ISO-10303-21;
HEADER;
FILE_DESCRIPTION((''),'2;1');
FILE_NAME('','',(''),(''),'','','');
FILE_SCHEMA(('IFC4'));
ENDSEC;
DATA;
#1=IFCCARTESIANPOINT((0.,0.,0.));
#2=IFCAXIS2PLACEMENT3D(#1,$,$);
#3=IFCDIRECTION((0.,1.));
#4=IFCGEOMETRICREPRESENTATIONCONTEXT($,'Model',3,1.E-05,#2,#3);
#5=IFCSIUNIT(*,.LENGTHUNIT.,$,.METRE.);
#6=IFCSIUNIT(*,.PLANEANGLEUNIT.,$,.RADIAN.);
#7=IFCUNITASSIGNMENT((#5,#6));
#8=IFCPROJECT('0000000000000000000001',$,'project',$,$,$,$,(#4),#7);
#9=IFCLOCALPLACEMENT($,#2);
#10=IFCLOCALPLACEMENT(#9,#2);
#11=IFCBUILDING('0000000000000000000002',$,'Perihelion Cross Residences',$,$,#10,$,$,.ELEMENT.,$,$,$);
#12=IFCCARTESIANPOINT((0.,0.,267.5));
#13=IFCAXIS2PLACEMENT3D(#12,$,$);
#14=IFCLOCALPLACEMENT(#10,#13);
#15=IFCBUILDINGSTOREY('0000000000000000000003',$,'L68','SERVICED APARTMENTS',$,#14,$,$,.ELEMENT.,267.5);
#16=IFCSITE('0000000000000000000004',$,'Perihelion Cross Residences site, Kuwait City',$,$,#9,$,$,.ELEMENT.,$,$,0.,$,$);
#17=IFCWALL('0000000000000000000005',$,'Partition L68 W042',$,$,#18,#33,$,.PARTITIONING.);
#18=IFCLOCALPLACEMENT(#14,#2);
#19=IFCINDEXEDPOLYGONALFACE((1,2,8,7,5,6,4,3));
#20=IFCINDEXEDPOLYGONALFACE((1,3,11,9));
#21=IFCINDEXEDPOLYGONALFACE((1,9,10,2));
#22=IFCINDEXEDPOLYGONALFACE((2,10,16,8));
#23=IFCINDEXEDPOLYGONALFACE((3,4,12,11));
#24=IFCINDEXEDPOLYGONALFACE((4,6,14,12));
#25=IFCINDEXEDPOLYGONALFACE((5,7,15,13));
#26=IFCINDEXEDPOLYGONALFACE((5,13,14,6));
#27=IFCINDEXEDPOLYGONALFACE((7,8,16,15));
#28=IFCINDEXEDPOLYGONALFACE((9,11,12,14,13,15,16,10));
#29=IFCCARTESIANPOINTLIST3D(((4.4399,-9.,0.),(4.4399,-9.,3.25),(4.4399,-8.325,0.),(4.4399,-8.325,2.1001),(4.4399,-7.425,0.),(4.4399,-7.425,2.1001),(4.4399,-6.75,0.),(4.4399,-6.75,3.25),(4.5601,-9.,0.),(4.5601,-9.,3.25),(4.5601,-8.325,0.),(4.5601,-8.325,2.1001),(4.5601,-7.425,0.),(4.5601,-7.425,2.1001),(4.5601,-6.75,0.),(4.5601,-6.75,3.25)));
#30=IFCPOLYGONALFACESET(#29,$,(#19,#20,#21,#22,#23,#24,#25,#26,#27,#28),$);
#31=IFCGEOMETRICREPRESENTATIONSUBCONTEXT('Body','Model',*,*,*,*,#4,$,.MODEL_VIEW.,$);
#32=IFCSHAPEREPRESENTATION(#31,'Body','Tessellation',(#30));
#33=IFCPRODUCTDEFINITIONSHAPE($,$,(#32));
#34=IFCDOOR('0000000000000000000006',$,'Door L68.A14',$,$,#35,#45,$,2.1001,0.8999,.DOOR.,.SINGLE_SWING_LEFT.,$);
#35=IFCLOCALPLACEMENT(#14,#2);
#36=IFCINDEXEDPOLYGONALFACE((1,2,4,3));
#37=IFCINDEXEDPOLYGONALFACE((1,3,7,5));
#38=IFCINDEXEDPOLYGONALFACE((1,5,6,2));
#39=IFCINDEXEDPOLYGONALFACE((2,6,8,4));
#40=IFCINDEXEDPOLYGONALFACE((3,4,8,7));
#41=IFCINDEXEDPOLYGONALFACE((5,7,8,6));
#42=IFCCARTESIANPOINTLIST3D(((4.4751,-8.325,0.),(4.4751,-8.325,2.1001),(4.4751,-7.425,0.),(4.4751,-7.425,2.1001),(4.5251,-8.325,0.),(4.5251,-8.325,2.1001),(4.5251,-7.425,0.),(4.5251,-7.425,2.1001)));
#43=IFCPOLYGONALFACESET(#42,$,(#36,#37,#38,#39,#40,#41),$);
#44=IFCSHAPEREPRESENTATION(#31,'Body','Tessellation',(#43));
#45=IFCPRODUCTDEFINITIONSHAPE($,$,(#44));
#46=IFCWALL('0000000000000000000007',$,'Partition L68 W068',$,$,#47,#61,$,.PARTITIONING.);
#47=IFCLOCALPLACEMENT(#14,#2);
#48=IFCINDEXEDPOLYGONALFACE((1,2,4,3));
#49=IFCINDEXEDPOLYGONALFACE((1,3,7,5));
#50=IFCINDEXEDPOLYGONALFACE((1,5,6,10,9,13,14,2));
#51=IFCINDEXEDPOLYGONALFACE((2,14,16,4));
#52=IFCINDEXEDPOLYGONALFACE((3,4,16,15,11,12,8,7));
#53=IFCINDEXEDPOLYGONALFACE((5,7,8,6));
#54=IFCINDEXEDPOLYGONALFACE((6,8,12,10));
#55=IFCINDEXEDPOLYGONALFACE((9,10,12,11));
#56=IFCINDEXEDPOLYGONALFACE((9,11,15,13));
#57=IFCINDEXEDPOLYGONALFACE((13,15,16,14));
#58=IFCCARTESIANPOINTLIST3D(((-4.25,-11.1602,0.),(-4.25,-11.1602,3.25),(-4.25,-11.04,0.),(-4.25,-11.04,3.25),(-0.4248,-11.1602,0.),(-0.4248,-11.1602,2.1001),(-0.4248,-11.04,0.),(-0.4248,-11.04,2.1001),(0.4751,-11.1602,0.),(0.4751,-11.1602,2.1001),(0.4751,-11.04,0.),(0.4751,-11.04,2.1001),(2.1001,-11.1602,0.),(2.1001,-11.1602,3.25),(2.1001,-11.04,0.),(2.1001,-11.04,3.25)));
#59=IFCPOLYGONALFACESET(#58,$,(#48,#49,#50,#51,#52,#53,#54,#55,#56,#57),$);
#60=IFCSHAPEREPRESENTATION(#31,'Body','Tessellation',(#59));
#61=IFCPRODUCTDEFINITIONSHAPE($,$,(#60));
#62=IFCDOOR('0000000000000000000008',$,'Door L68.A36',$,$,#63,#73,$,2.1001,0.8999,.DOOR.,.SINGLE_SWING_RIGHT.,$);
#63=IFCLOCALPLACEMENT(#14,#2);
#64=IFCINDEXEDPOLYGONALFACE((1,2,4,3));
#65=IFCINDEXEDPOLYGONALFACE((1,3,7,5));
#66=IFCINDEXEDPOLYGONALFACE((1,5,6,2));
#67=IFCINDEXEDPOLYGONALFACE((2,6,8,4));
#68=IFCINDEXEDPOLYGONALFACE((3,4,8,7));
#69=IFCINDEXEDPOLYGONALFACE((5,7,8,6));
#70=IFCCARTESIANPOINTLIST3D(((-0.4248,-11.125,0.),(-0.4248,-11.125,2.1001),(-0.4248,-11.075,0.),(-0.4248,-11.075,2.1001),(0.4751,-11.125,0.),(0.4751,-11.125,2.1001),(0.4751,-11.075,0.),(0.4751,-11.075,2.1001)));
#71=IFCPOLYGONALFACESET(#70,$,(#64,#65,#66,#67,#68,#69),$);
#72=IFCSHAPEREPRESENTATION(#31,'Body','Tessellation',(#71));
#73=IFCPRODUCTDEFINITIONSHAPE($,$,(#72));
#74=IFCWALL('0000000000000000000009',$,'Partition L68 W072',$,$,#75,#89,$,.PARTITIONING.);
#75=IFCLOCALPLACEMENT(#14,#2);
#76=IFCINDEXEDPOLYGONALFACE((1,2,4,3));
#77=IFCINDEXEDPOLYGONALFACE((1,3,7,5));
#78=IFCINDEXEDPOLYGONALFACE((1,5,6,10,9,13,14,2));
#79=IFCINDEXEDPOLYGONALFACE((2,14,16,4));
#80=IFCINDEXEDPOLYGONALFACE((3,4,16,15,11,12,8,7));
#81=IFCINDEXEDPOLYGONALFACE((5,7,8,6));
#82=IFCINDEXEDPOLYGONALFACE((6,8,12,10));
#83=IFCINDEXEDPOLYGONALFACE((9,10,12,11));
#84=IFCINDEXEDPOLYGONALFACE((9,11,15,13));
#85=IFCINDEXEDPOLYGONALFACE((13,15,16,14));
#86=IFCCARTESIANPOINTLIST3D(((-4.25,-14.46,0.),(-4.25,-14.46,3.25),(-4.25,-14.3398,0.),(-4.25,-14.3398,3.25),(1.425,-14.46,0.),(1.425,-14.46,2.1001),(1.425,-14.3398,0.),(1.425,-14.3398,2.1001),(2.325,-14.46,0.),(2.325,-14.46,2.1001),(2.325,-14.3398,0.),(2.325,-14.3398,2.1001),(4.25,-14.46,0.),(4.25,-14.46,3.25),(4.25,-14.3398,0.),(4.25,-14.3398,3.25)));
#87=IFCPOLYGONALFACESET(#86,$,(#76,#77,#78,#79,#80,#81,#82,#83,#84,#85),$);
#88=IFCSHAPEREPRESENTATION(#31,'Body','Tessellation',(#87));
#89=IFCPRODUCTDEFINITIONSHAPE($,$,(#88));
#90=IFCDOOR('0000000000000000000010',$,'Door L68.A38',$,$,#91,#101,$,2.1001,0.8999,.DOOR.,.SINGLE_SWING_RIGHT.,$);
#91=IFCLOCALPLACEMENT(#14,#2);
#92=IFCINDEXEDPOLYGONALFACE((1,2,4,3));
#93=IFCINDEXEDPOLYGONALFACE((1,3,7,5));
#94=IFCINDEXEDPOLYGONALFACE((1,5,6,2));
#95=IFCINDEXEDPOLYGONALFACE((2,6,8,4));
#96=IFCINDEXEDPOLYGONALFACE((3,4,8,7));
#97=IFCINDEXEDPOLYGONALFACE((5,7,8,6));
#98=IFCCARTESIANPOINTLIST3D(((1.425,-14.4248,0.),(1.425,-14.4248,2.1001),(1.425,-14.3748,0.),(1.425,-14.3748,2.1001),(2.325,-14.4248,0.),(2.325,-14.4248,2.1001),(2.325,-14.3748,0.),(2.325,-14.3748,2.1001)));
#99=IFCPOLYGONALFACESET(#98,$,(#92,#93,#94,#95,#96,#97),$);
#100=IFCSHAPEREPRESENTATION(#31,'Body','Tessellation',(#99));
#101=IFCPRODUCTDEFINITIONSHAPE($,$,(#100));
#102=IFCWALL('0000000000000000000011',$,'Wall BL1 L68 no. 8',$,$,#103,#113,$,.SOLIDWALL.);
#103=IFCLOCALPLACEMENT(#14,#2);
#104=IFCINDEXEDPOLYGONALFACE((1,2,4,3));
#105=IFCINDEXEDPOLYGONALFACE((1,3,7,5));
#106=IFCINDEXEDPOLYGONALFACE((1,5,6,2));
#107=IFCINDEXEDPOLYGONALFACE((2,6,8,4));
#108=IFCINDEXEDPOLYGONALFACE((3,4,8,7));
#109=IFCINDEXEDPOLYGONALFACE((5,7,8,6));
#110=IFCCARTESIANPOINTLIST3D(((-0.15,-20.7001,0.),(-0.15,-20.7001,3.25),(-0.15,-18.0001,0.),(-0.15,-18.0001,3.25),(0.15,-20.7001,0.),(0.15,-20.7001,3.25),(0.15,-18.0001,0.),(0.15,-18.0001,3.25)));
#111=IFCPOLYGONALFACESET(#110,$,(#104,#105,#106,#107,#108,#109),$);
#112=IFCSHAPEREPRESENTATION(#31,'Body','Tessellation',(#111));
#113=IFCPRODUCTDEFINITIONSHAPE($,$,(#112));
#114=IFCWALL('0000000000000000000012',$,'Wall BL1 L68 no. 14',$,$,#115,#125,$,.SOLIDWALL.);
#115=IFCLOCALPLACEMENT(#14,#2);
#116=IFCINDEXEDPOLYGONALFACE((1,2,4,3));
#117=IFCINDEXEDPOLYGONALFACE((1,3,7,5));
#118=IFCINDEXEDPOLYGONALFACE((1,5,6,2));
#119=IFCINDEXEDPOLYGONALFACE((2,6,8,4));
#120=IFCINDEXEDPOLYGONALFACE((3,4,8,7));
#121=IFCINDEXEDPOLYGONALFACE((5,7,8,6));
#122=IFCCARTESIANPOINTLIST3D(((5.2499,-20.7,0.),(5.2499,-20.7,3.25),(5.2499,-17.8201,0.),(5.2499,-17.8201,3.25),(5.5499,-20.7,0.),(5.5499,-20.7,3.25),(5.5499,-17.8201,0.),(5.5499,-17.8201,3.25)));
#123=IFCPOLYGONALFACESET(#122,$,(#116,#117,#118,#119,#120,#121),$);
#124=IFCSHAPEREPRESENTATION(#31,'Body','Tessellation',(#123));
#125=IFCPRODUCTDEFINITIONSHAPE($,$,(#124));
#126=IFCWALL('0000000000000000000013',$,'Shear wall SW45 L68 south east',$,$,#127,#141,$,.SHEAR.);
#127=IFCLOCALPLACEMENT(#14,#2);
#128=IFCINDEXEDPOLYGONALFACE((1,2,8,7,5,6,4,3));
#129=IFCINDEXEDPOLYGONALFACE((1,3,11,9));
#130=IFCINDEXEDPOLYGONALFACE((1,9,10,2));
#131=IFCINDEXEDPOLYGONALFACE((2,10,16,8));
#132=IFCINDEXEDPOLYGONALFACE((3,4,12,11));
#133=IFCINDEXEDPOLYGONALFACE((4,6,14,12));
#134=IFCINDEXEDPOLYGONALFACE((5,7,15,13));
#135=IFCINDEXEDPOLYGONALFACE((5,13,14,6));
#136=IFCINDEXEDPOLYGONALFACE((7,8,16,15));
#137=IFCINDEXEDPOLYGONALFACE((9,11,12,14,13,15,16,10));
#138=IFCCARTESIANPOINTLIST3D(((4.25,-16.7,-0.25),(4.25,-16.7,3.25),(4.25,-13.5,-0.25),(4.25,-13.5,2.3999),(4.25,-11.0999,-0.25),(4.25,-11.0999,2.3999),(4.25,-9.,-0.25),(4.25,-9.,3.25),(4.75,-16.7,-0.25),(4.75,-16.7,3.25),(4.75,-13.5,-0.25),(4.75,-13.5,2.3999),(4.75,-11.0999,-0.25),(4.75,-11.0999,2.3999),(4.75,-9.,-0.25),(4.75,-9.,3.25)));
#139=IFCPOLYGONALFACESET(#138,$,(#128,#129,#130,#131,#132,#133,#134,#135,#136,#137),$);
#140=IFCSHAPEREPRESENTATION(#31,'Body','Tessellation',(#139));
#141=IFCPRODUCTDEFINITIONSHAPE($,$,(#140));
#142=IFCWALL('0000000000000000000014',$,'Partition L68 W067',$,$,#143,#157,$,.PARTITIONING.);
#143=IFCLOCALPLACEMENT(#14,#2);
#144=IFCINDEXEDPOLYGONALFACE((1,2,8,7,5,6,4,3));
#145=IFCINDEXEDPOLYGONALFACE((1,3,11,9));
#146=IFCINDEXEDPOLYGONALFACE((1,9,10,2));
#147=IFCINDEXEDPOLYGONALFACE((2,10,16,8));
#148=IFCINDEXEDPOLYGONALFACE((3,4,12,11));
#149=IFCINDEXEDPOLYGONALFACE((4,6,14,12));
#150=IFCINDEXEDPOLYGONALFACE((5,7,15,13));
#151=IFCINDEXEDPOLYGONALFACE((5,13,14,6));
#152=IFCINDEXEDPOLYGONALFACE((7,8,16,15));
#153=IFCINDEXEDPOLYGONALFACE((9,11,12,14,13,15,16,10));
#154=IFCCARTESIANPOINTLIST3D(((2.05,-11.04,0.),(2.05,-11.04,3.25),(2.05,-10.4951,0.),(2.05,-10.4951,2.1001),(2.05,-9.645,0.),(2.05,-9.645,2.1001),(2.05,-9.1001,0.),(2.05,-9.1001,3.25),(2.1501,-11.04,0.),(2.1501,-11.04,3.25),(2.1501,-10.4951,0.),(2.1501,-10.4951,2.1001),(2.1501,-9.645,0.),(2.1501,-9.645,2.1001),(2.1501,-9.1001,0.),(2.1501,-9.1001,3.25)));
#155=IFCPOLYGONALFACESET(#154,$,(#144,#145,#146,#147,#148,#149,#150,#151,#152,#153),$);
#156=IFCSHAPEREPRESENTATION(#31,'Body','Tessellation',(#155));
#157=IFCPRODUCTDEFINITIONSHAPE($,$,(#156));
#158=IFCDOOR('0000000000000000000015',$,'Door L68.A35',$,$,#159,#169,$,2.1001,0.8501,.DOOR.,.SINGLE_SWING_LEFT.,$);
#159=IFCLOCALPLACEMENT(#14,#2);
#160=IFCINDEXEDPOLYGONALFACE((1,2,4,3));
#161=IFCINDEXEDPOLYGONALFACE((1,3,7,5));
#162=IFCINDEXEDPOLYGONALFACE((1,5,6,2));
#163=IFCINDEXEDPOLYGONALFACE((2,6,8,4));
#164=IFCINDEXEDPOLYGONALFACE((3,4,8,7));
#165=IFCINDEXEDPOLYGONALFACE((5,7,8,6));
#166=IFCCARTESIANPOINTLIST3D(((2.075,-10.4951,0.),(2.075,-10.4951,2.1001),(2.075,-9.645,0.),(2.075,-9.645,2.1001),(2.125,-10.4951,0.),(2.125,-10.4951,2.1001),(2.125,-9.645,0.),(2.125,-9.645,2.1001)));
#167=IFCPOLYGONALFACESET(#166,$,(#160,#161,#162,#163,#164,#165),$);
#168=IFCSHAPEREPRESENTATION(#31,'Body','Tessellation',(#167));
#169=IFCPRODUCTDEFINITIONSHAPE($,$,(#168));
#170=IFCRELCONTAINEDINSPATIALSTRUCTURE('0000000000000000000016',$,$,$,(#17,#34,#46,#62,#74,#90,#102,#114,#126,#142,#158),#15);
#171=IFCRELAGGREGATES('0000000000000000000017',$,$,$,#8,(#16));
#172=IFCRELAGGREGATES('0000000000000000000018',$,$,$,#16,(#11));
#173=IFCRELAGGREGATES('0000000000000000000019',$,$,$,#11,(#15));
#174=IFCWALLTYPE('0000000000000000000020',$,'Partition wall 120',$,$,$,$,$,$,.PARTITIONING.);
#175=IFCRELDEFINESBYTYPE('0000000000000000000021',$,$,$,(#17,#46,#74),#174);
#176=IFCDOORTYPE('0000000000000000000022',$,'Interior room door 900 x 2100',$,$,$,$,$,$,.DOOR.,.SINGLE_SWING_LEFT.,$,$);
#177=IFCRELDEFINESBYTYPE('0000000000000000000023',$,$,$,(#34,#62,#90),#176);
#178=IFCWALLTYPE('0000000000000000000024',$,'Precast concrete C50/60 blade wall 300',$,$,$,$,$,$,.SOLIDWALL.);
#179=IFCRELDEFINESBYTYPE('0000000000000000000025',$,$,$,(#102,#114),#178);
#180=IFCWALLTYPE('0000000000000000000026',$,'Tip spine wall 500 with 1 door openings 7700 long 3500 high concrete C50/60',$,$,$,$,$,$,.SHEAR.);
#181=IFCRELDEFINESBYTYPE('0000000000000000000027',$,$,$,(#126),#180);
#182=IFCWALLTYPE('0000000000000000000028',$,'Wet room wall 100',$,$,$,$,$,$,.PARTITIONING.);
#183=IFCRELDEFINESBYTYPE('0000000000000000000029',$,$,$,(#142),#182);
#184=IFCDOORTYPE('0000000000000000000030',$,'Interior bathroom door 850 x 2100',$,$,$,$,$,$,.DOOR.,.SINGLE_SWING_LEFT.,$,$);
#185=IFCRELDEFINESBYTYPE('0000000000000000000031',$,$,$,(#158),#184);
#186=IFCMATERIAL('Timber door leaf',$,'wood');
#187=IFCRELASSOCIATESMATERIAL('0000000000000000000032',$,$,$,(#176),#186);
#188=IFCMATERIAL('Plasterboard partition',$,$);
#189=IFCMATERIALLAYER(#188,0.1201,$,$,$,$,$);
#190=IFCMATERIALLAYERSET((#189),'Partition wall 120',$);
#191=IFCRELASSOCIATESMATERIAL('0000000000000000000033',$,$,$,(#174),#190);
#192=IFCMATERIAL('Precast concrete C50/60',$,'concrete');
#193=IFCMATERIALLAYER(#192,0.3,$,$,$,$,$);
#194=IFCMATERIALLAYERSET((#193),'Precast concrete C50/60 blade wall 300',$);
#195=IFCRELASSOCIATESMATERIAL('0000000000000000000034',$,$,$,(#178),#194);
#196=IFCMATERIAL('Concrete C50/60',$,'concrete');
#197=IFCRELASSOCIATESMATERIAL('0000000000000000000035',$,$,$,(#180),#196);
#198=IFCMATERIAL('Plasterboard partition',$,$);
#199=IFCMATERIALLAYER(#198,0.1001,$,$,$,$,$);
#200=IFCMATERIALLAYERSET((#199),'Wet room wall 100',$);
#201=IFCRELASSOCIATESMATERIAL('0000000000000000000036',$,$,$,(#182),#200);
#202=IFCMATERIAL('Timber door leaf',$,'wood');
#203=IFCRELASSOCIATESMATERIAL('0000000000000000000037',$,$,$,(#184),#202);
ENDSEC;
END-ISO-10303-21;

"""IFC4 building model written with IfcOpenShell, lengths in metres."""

from ifc_helpers import new_model, si_unit, direction, frame, frame_2d, origin, place, context, subcontext, project, spatial, polyline, rectangle, outline, extrude, material, layer, layer_set, material_profile, profile_set, type_object, element, fill, save


model = new_model("IFC4")

# Units and contexts
model_context = context("Model", 3, precision=1e-05, world=origin(), true_north=direction((0.0, 1.0)))
body_context = subcontext(model_context, "Body", "Model", "MODEL_VIEW")
ifc_project = project(units=[si_unit("LENGTHUNIT", "METRE"), si_unit("PLANEANGLEUNIT", "RADIAN")], contexts=[model_context])

# Site, building, storey
site_placement = place(None, origin())
site = spatial("IfcSite", under=ifc_project, at=site_placement, Name="Perihelion Cross Residences site, Kuwait City", CompositionType="ELEMENT", RefElevation=0.0)
building_placement = place(site_placement, origin())
building = spatial("IfcBuilding", under=site, at=building_placement, Name="Perihelion Cross Residences", CompositionType="ELEMENT")
storey_placement = place(building_placement, frame((0.0, 0.0, 267.5)))
storey = spatial("IfcBuildingStorey", under=building, at=storey_placement, Name="L68", Description="SERVICED APARTMENTS", CompositionType="ELEMENT", Elevation=267.5)

# Walls, openings, doors
ifc_material_1 = material(Name="Timber door leaf", Category="wood")
door_type_1 = type_object("IfcDoorType", Name="Interior room door 900 x 2100", OperationType="SINGLE_SWING_LEFT", PredefinedType="DOOR", material=ifc_material_1)
ifc_material_2 = material(Name="Plasterboard partition")
ifc_layer_1 = layer(ifc_material_2, 0.1201)
ifc_layer_set_1 = layer_set([ifc_layer_1], Name="Partition wall 120")
wall_type_1 = type_object("IfcWallType", Name="Partition wall 120", PredefinedType="PARTITIONING", material=ifc_layer_set_1)
wall_1_placement = place(storey_placement, frame((4.5, -9.0, 0.0), z_axis=(0.0, 0.0, 1.0), x_axis=(0.0, 1.0, 0.0)))
wall_1 = element("IfcWall", 1, at=wall_1_placement, inside=storey, type_object=wall_type_1, Name="Partition L68 W042", PredefinedType="PARTITIONING", context=body_context, shape_type="SweptSolid", body=[
    extrude(rectangle(XDim=2.25, YDim=0.1201, at=frame_2d((1.125, 0.0))), origin(), (0.0, 0.0, 1.0), 3.25),
])
opening_1_placement = place(wall_1_placement, frame((0.675, 0.0, 0.0)))
opening_1 = element("IfcOpeningElement", 2, at=opening_1_placement, cuts=wall_1, PredefinedType="OPENING", context=body_context, shape_type="SweptSolid", body=[
    extrude(rectangle(XDim=0.8999, YDim=2.1001, at=frame_2d((0.45, 1.05))), frame((0.0, 0.0701, 0.0), z_axis=(0.0, -1.0, 0.0), x_axis=(1.0, 0.0, 0.0)), (0.0, 0.0, 1.0), 0.1401),
])
door_1_placement = place(opening_1_placement, origin())
door_1 = element("IfcDoor", 3, at=door_1_placement, inside=storey, type_object=door_type_1, Name="Door L68.A14", OperationType="SINGLE_SWING_LEFT", OverallHeight=2.1001, OverallWidth=0.8999, PredefinedType="DOOR", context=body_context, shape_type="SweptSolid", body=[
    extrude(rectangle(XDim=0.8999, YDim=2.1001, at=frame_2d((0.45, 1.05))), frame((0.0, 0.0249, 0.0), z_axis=(0.0, -1.0, 0.0), x_axis=(1.0, 0.0, 0.0)), (0.0, 0.0, 1.0), 0.05),
])
fill(opening_1, door_1)
wall_2_placement = place(storey_placement, frame((2.1001, -11.1001, 0.0), z_axis=(0.0, 0.0, 1.0), x_axis=(-1.0, 0.0, 0.0)))
wall_2 = element("IfcWall", 4, at=wall_2_placement, inside=storey, type_object=wall_type_1, Name="Partition L68 W068", PredefinedType="PARTITIONING", context=body_context, shape_type="SweptSolid", body=[
    extrude(rectangle(XDim=6.3501, YDim=0.1201, at=frame_2d((3.175, 0.0))), origin(), (0.0, 0.0, 1.0), 3.25),
])
opening_2_placement = place(wall_2_placement, frame((1.625, 0.0, 0.0)))
opening_2 = element("IfcOpeningElement", 5, at=opening_2_placement, cuts=wall_2, PredefinedType="OPENING", context=body_context, shape_type="SweptSolid", body=[
    extrude(rectangle(XDim=0.8999, YDim=2.1001, at=frame_2d((0.45, 1.05))), frame((0.0, 0.0701, 0.0), z_axis=(0.0, -1.0, 0.0), x_axis=(1.0, 0.0, 0.0)), (0.0, 0.0, 1.0), 0.1401),
])
door_2_placement = place(opening_2_placement, origin())
door_2 = element("IfcDoor", 6, at=door_2_placement, inside=storey, type_object=door_type_1, Name="Door L68.A36", OperationType="SINGLE_SWING_RIGHT", OverallHeight=2.1001, OverallWidth=0.8999, PredefinedType="DOOR", context=body_context, shape_type="SweptSolid", body=[
    extrude(rectangle(XDim=0.8999, YDim=2.1001, at=frame_2d((0.45, 1.05))), frame((0.0, 0.0249, 0.0), z_axis=(0.0, -1.0, 0.0), x_axis=(1.0, 0.0, 0.0)), (0.0, 0.0, 1.0), 0.05),
])
fill(opening_2, door_2)
wall_3_placement = place(storey_placement, frame((4.25, -14.3999, 0.0), z_axis=(0.0, 0.0, 1.0), x_axis=(-1.0, 0.0, 0.0)))
wall_3 = element("IfcWall", 7, at=wall_3_placement, inside=storey, type_object=wall_type_1, Name="Partition L68 W072", PredefinedType="PARTITIONING", context=body_context, shape_type="SweptSolid", body=[
    extrude(rectangle(XDim=8.5, YDim=0.1201, at=frame_2d((4.25, 0.0))), origin(), (0.0, 0.0, 1.0), 3.25),
])
opening_3_placement = place(wall_3_placement, frame((1.925, 0.0, 0.0)))
opening_3 = element("IfcOpeningElement", 8, at=opening_3_placement, cuts=wall_3, PredefinedType="OPENING", context=body_context, shape_type="SweptSolid", body=[
    extrude(rectangle(XDim=0.8999, YDim=2.1001, at=frame_2d((0.45, 1.05))), frame((0.0, 0.0701, 0.0), z_axis=(0.0, -1.0, 0.0), x_axis=(1.0, 0.0, 0.0)), (0.0, 0.0, 1.0), 0.1401),
])
door_3_placement = place(opening_3_placement, origin())
door_3 = element("IfcDoor", 9, at=door_3_placement, inside=storey, type_object=door_type_1, Name="Door L68.A38", OperationType="SINGLE_SWING_RIGHT", OverallHeight=2.1001, OverallWidth=0.8999, PredefinedType="DOOR", context=body_context, shape_type="SweptSolid", body=[
    extrude(rectangle(XDim=0.8999, YDim=2.1001, at=frame_2d((0.45, 1.05))), frame((0.0, 0.0249, 0.0), z_axis=(0.0, -1.0, 0.0), x_axis=(1.0, 0.0, 0.0)), (0.0, 0.0, 1.0), 0.05),
])
fill(opening_3, door_3)

# Walls
ifc_material_3 = material(Name="Precast concrete C50/60", Category="concrete")
ifc_layer_2 = layer(ifc_material_3, 0.3)
ifc_layer_set_2 = layer_set([ifc_layer_2], Name="Precast concrete C50/60 blade wall 300")
wall_type_2 = type_object("IfcWallType", Name="Precast concrete C50/60 blade wall 300", PredefinedType="SOLIDWALL", material=ifc_layer_set_2)
wall_4_placement = place(storey_placement, frame((0.0, -18.0, 0.0), z_axis=(0.0, 0.0, 1.0), x_axis=(0.0, -1.0, 0.0)))
element("IfcWall", 10, at=wall_4_placement, inside=storey, type_object=wall_type_2, Name="Wall BL1 L68 no. 8", PredefinedType="SOLIDWALL", context=body_context, shape_type="SweptSolid", body=[
    extrude(rectangle(XDim=2.7, YDim=0.3, at=frame_2d((1.3501, 0.0))), origin(), (0.0, 0.0, 1.0), 3.25),
])
wall_5_placement = place(storey_placement, frame((5.3999, -17.8201, 0.0), z_axis=(0.0, 0.0, 1.0), x_axis=(0.0, -1.0, 0.0)))
element("IfcWall", 11, at=wall_5_placement, inside=storey, type_object=wall_type_2, Name="Wall BL1 L68 no. 14", PredefinedType="SOLIDWALL", context=body_context, shape_type="SweptSolid", body=[
    extrude(rectangle(XDim=2.8799, YDim=0.3, at=frame_2d((1.4399, 0.0))), origin(), (0.0, 0.0, 1.0), 3.25),
])
ifc_material_4 = material(Name="Concrete C50/60", Category="concrete")
ifc_material_profile_1 = material_profile(ifc_material_4, outline(polyline([(0.0, 0.0), (3.2, 0.0), (3.2, 2.6499), (5.6001, 2.6499), (5.6001, 0.0), (7.7, 0.0), (7.7, 3.5), (0.0, 3.5), (0.0, 0.0)])), Name="Tip spine wall")
ifc_profile_set_1 = profile_set([ifc_material_profile_1], Name="Concrete C50/60")
wall_type_3 = type_object("IfcWallType", Name="Tip spine wall 500 with 1 door openings 7700 long 3500 high concrete C50/60", PredefinedType="SHEAR", material=ifc_profile_set_1)
wall_6_placement = place(storey_placement, frame((4.25, -16.7, -0.25), z_axis=(1.0, 0.0, 0.0), x_axis=(0.0, 1.0, 0.0)))
element("IfcWall", 12, at=wall_6_placement, inside=storey, type_object=wall_type_3, Name="Shear wall SW45 L68 south east", PredefinedType="SHEAR", context=body_context, shape_type="SweptSolid", body=[
    extrude(outline(polyline([(0.0, 0.0), (3.2, 0.0), (3.2, 2.6499), (5.6001, 2.6499), (5.6001, 0.0), (7.7, 0.0), (7.7, 3.5), (0.0, 3.5), (0.0, 0.0)])), origin(), (0.0, 0.0, 1.0), 0.5),
])

# Wall, opening, door
ifc_material_5 = material(Name="Plasterboard partition")
ifc_layer_3 = layer(ifc_material_5, 0.1001)
ifc_layer_set_3 = layer_set([ifc_layer_3], Name="Wet room wall 100")
wall_type_4 = type_object("IfcWallType", Name="Wet room wall 100", PredefinedType="PARTITIONING", material=ifc_layer_set_3)
wall_7_placement = place(storey_placement, frame((2.1001, -9.1001, 0.0), z_axis=(0.0, 0.0, 1.0), x_axis=(0.0, -1.0, 0.0)))
wall_7 = element("IfcWall", 13, at=wall_7_placement, inside=storey, type_object=wall_type_4, Name="Partition L68 W067", PredefinedType="PARTITIONING", context=body_context, shape_type="SweptSolid", body=[
    extrude(rectangle(XDim=1.9399, YDim=0.1001, at=frame_2d((0.97, 0.0))), origin(), (0.0, 0.0, 1.0), 3.25),
])
opening_4_placement = place(wall_7_placement, frame((0.5449, 0.0, 0.0)))
opening_4 = element("IfcOpeningElement", 14, at=opening_4_placement, cuts=wall_7, PredefinedType="OPENING", context=body_context, shape_type="SweptSolid", body=[
    extrude(rectangle(XDim=0.8501, YDim=2.1001, at=frame_2d((0.425, 1.05))), frame((0.0, 0.0601, 0.0), z_axis=(0.0, -1.0, 0.0), x_axis=(1.0, 0.0, 0.0)), (0.0, 0.0, 1.0), 0.1201),
])
ifc_material_6 = material(Name="Timber door leaf", Category="wood")
door_type_2 = type_object("IfcDoorType", Name="Interior bathroom door 850 x 2100", OperationType="SINGLE_SWING_LEFT", PredefinedType="DOOR", material=ifc_material_6)
door_4_placement = place(opening_4_placement, origin())
door_4 = element("IfcDoor", 15, at=door_4_placement, inside=storey, type_object=door_type_2, Name="Door L68.A35", OperationType="SINGLE_SWING_LEFT", OverallHeight=2.1001, OverallWidth=0.8501, PredefinedType="DOOR", context=body_context, shape_type="SweptSolid", body=[
    extrude(rectangle(XDim=0.8501, YDim=2.1001, at=frame_2d((0.425, 1.05))), frame((0.0, 0.0249, 0.0), z_axis=(0.0, -1.0, 0.0), x_axis=(1.0, 0.0, 0.0)), (0.0, 0.0, 1.0), 0.05),
])
fill(opening_4, door_4)

save(model, "model.ifc")
